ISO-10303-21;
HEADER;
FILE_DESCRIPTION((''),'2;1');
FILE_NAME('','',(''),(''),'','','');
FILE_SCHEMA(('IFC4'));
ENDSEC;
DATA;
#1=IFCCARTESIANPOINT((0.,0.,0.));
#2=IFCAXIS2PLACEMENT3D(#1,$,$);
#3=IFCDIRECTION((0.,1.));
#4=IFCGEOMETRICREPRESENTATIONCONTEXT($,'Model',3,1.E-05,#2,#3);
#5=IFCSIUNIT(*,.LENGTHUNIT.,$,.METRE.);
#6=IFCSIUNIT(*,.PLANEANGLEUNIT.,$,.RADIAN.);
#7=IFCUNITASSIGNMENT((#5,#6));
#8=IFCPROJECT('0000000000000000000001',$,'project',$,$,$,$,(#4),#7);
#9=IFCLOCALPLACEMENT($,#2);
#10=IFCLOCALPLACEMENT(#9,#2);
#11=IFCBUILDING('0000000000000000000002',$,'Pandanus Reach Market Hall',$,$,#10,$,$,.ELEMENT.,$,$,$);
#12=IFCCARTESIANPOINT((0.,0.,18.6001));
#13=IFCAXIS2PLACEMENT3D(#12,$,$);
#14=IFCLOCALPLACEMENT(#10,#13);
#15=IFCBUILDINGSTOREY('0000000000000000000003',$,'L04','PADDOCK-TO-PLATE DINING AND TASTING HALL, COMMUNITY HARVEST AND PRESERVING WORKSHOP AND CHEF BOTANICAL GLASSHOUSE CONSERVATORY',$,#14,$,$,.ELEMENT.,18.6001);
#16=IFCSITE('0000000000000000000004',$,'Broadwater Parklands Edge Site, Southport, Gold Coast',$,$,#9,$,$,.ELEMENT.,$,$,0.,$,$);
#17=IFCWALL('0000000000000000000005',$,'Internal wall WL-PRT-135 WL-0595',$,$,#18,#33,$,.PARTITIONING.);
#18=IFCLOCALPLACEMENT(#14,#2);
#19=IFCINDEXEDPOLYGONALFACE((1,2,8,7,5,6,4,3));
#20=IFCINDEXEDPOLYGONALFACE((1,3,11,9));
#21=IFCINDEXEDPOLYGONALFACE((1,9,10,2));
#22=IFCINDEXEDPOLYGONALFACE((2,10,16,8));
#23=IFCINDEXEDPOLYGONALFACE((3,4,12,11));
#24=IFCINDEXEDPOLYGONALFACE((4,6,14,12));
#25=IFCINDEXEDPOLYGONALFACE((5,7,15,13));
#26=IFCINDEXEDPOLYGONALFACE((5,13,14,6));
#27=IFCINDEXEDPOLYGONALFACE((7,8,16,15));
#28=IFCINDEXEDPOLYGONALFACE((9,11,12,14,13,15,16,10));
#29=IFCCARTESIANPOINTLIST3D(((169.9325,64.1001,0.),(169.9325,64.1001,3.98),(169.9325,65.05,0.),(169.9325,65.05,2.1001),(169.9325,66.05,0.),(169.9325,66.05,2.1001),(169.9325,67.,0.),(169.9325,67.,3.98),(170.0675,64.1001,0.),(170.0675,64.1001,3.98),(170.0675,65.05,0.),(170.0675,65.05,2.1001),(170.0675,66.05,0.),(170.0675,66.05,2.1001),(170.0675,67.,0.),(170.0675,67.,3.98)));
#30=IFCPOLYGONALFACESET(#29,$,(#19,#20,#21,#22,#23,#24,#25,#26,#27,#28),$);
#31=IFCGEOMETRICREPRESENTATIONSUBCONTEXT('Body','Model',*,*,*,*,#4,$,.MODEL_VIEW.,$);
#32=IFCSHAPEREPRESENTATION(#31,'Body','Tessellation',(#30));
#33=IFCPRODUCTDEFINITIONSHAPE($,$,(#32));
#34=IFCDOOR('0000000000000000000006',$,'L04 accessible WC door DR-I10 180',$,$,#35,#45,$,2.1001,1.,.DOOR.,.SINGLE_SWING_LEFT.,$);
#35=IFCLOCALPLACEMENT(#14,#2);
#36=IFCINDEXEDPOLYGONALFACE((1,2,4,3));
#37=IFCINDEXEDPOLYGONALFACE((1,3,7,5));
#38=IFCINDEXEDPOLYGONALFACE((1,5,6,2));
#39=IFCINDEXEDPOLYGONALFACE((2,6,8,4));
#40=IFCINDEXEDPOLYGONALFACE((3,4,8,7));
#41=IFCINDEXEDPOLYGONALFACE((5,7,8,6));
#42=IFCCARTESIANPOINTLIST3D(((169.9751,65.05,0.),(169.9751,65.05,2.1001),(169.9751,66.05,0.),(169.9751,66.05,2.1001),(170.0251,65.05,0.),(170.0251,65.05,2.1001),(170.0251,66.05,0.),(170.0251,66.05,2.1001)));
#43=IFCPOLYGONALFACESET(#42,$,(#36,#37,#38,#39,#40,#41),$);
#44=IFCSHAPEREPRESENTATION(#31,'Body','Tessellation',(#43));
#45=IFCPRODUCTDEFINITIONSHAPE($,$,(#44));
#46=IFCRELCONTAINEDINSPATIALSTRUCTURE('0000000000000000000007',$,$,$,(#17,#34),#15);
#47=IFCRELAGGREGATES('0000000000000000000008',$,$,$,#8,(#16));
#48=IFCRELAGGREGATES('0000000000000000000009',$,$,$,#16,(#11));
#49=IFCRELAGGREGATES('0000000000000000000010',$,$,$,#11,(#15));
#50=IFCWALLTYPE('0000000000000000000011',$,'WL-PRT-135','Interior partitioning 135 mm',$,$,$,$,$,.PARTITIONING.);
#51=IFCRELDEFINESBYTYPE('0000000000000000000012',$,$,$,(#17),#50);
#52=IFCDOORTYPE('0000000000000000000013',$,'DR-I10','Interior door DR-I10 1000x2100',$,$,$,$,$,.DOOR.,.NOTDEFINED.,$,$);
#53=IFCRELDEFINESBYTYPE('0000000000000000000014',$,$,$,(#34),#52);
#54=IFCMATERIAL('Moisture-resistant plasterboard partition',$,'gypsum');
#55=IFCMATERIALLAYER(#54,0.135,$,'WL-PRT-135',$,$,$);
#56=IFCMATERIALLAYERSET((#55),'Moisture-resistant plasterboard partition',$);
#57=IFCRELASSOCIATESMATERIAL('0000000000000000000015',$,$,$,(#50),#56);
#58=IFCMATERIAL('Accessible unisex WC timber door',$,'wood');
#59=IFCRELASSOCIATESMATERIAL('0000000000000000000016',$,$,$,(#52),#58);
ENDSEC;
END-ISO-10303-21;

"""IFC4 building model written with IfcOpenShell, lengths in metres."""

from ifc_helpers import new_model, si_unit, direction, frame, frame_2d, origin, place, context, subcontext, project, spatial, rectangle, extrude, material, layer, layer_set, type_object, element, fill, save


model = new_model("IFC4")

# Units and contexts
model_context = context("Model", 3, precision=1e-05, world=origin(), true_north=direction((0.0, 1.0)))
body_context = subcontext(model_context, "Body", "Model", "MODEL_VIEW")
ifc_project = project(units=[si_unit("LENGTHUNIT", "METRE"), si_unit("PLANEANGLEUNIT", "RADIAN")], contexts=[model_context])

# Site, building, storey
site_placement = place(None, origin())
site = spatial("IfcSite", under=ifc_project, at=site_placement, Name="Broadwater Parklands Edge Site, Southport, Gold Coast", CompositionType="ELEMENT", RefElevation=0.0)
building_placement = place(site_placement, origin())
building = spatial("IfcBuilding", under=site, at=building_placement, Name="Pandanus Reach Market Hall", CompositionType="ELEMENT")
storey_placement = place(building_placement, frame((0.0, 0.0, 18.6001)))
storey = spatial("IfcBuildingStorey", under=building, at=storey_placement, Name="L04", Description="PADDOCK-TO-PLATE DINING AND TASTING HALL, COMMUNITY HARVEST AND PRESERVING WORKSHOP AND CHEF BOTANICAL GLASSHOUSE CONSERVATORY", CompositionType="ELEMENT", Elevation=18.6001)

# Shared definitions
ifc_material_1 = material(Name="Moisture-resistant plasterboard partition", Category="gypsum")
ifc_layer_1 = layer(ifc_material_1, 0.135, Name="WL-PRT-135")
ifc_layer_set_1 = layer_set([ifc_layer_1], Name="Moisture-resistant plasterboard partition")
wall_type = type_object("IfcWallType", Name="WL-PRT-135", Description="Interior partitioning 135 mm", PredefinedType="PARTITIONING", material=ifc_layer_set_1)

# Wall, opening, door
wall_1_placement = place(storey_placement, frame((170.0, 64.1001, 0.0), z_axis=(0.0, 0.0, 1.0), x_axis=(0.0, 1.0, 0.0)))
wall_1 = element("IfcWall", 1, at=wall_1_placement, inside=storey, type_object=wall_type, Name="Internal wall WL-PRT-135 WL-0595", PredefinedType="PARTITIONING", context=body_context, shape_type="SweptSolid", body=[
    extrude(rectangle(XDim=2.8999, YDim=0.135, at=frame_2d((1.45, 0.0))), origin(), (0.0, 0.0, 1.0), 3.98),
])
opening_1_placement = place(wall_1_placement, frame((0.95, 0.0, 0.0)))
opening_1 = element("IfcOpeningElement", 2, at=opening_1_placement, cuts=wall_1, PredefinedType="OPENING", context=body_context, shape_type="SweptSolid", body=[
    extrude(rectangle(XDim=1.0, YDim=2.1001, at=frame_2d((0.5, 1.05))), frame((0.0, 0.0825, 0.0), z_axis=(0.0, -1.0, 0.0), x_axis=(1.0, 0.0, 0.0)), (0.0, 0.0, 1.0), 0.165),
])
ifc_material_2 = material(Name="Accessible unisex WC timber door", Category="wood")
door_type_1 = type_object("IfcDoorType", Name="DR-I10", Description="Interior door DR-I10 1000x2100", OperationType="NOTDEFINED", PredefinedType="DOOR", material=ifc_material_2)
door_1_placement = place(opening_1_placement, origin())
door_1 = element("IfcDoor", 3, at=door_1_placement, inside=storey, type_object=door_type_1, Name="L04 accessible WC door DR-I10 180", OperationType="SINGLE_SWING_LEFT", OverallHeight=2.1001, OverallWidth=1.0, PredefinedType="DOOR", context=body_context, shape_type="SweptSolid", body=[
    extrude(rectangle(XDim=1.0, YDim=2.1001, at=frame_2d((0.5, 1.05))), frame((0.0, 0.0249, 0.0), z_axis=(0.0, -1.0, 0.0), x_axis=(1.0, 0.0, 0.0)), (0.0, 0.0, 1.0), 0.05),
])
fill(opening_1, door_1)

save(model, "model.ifc")
